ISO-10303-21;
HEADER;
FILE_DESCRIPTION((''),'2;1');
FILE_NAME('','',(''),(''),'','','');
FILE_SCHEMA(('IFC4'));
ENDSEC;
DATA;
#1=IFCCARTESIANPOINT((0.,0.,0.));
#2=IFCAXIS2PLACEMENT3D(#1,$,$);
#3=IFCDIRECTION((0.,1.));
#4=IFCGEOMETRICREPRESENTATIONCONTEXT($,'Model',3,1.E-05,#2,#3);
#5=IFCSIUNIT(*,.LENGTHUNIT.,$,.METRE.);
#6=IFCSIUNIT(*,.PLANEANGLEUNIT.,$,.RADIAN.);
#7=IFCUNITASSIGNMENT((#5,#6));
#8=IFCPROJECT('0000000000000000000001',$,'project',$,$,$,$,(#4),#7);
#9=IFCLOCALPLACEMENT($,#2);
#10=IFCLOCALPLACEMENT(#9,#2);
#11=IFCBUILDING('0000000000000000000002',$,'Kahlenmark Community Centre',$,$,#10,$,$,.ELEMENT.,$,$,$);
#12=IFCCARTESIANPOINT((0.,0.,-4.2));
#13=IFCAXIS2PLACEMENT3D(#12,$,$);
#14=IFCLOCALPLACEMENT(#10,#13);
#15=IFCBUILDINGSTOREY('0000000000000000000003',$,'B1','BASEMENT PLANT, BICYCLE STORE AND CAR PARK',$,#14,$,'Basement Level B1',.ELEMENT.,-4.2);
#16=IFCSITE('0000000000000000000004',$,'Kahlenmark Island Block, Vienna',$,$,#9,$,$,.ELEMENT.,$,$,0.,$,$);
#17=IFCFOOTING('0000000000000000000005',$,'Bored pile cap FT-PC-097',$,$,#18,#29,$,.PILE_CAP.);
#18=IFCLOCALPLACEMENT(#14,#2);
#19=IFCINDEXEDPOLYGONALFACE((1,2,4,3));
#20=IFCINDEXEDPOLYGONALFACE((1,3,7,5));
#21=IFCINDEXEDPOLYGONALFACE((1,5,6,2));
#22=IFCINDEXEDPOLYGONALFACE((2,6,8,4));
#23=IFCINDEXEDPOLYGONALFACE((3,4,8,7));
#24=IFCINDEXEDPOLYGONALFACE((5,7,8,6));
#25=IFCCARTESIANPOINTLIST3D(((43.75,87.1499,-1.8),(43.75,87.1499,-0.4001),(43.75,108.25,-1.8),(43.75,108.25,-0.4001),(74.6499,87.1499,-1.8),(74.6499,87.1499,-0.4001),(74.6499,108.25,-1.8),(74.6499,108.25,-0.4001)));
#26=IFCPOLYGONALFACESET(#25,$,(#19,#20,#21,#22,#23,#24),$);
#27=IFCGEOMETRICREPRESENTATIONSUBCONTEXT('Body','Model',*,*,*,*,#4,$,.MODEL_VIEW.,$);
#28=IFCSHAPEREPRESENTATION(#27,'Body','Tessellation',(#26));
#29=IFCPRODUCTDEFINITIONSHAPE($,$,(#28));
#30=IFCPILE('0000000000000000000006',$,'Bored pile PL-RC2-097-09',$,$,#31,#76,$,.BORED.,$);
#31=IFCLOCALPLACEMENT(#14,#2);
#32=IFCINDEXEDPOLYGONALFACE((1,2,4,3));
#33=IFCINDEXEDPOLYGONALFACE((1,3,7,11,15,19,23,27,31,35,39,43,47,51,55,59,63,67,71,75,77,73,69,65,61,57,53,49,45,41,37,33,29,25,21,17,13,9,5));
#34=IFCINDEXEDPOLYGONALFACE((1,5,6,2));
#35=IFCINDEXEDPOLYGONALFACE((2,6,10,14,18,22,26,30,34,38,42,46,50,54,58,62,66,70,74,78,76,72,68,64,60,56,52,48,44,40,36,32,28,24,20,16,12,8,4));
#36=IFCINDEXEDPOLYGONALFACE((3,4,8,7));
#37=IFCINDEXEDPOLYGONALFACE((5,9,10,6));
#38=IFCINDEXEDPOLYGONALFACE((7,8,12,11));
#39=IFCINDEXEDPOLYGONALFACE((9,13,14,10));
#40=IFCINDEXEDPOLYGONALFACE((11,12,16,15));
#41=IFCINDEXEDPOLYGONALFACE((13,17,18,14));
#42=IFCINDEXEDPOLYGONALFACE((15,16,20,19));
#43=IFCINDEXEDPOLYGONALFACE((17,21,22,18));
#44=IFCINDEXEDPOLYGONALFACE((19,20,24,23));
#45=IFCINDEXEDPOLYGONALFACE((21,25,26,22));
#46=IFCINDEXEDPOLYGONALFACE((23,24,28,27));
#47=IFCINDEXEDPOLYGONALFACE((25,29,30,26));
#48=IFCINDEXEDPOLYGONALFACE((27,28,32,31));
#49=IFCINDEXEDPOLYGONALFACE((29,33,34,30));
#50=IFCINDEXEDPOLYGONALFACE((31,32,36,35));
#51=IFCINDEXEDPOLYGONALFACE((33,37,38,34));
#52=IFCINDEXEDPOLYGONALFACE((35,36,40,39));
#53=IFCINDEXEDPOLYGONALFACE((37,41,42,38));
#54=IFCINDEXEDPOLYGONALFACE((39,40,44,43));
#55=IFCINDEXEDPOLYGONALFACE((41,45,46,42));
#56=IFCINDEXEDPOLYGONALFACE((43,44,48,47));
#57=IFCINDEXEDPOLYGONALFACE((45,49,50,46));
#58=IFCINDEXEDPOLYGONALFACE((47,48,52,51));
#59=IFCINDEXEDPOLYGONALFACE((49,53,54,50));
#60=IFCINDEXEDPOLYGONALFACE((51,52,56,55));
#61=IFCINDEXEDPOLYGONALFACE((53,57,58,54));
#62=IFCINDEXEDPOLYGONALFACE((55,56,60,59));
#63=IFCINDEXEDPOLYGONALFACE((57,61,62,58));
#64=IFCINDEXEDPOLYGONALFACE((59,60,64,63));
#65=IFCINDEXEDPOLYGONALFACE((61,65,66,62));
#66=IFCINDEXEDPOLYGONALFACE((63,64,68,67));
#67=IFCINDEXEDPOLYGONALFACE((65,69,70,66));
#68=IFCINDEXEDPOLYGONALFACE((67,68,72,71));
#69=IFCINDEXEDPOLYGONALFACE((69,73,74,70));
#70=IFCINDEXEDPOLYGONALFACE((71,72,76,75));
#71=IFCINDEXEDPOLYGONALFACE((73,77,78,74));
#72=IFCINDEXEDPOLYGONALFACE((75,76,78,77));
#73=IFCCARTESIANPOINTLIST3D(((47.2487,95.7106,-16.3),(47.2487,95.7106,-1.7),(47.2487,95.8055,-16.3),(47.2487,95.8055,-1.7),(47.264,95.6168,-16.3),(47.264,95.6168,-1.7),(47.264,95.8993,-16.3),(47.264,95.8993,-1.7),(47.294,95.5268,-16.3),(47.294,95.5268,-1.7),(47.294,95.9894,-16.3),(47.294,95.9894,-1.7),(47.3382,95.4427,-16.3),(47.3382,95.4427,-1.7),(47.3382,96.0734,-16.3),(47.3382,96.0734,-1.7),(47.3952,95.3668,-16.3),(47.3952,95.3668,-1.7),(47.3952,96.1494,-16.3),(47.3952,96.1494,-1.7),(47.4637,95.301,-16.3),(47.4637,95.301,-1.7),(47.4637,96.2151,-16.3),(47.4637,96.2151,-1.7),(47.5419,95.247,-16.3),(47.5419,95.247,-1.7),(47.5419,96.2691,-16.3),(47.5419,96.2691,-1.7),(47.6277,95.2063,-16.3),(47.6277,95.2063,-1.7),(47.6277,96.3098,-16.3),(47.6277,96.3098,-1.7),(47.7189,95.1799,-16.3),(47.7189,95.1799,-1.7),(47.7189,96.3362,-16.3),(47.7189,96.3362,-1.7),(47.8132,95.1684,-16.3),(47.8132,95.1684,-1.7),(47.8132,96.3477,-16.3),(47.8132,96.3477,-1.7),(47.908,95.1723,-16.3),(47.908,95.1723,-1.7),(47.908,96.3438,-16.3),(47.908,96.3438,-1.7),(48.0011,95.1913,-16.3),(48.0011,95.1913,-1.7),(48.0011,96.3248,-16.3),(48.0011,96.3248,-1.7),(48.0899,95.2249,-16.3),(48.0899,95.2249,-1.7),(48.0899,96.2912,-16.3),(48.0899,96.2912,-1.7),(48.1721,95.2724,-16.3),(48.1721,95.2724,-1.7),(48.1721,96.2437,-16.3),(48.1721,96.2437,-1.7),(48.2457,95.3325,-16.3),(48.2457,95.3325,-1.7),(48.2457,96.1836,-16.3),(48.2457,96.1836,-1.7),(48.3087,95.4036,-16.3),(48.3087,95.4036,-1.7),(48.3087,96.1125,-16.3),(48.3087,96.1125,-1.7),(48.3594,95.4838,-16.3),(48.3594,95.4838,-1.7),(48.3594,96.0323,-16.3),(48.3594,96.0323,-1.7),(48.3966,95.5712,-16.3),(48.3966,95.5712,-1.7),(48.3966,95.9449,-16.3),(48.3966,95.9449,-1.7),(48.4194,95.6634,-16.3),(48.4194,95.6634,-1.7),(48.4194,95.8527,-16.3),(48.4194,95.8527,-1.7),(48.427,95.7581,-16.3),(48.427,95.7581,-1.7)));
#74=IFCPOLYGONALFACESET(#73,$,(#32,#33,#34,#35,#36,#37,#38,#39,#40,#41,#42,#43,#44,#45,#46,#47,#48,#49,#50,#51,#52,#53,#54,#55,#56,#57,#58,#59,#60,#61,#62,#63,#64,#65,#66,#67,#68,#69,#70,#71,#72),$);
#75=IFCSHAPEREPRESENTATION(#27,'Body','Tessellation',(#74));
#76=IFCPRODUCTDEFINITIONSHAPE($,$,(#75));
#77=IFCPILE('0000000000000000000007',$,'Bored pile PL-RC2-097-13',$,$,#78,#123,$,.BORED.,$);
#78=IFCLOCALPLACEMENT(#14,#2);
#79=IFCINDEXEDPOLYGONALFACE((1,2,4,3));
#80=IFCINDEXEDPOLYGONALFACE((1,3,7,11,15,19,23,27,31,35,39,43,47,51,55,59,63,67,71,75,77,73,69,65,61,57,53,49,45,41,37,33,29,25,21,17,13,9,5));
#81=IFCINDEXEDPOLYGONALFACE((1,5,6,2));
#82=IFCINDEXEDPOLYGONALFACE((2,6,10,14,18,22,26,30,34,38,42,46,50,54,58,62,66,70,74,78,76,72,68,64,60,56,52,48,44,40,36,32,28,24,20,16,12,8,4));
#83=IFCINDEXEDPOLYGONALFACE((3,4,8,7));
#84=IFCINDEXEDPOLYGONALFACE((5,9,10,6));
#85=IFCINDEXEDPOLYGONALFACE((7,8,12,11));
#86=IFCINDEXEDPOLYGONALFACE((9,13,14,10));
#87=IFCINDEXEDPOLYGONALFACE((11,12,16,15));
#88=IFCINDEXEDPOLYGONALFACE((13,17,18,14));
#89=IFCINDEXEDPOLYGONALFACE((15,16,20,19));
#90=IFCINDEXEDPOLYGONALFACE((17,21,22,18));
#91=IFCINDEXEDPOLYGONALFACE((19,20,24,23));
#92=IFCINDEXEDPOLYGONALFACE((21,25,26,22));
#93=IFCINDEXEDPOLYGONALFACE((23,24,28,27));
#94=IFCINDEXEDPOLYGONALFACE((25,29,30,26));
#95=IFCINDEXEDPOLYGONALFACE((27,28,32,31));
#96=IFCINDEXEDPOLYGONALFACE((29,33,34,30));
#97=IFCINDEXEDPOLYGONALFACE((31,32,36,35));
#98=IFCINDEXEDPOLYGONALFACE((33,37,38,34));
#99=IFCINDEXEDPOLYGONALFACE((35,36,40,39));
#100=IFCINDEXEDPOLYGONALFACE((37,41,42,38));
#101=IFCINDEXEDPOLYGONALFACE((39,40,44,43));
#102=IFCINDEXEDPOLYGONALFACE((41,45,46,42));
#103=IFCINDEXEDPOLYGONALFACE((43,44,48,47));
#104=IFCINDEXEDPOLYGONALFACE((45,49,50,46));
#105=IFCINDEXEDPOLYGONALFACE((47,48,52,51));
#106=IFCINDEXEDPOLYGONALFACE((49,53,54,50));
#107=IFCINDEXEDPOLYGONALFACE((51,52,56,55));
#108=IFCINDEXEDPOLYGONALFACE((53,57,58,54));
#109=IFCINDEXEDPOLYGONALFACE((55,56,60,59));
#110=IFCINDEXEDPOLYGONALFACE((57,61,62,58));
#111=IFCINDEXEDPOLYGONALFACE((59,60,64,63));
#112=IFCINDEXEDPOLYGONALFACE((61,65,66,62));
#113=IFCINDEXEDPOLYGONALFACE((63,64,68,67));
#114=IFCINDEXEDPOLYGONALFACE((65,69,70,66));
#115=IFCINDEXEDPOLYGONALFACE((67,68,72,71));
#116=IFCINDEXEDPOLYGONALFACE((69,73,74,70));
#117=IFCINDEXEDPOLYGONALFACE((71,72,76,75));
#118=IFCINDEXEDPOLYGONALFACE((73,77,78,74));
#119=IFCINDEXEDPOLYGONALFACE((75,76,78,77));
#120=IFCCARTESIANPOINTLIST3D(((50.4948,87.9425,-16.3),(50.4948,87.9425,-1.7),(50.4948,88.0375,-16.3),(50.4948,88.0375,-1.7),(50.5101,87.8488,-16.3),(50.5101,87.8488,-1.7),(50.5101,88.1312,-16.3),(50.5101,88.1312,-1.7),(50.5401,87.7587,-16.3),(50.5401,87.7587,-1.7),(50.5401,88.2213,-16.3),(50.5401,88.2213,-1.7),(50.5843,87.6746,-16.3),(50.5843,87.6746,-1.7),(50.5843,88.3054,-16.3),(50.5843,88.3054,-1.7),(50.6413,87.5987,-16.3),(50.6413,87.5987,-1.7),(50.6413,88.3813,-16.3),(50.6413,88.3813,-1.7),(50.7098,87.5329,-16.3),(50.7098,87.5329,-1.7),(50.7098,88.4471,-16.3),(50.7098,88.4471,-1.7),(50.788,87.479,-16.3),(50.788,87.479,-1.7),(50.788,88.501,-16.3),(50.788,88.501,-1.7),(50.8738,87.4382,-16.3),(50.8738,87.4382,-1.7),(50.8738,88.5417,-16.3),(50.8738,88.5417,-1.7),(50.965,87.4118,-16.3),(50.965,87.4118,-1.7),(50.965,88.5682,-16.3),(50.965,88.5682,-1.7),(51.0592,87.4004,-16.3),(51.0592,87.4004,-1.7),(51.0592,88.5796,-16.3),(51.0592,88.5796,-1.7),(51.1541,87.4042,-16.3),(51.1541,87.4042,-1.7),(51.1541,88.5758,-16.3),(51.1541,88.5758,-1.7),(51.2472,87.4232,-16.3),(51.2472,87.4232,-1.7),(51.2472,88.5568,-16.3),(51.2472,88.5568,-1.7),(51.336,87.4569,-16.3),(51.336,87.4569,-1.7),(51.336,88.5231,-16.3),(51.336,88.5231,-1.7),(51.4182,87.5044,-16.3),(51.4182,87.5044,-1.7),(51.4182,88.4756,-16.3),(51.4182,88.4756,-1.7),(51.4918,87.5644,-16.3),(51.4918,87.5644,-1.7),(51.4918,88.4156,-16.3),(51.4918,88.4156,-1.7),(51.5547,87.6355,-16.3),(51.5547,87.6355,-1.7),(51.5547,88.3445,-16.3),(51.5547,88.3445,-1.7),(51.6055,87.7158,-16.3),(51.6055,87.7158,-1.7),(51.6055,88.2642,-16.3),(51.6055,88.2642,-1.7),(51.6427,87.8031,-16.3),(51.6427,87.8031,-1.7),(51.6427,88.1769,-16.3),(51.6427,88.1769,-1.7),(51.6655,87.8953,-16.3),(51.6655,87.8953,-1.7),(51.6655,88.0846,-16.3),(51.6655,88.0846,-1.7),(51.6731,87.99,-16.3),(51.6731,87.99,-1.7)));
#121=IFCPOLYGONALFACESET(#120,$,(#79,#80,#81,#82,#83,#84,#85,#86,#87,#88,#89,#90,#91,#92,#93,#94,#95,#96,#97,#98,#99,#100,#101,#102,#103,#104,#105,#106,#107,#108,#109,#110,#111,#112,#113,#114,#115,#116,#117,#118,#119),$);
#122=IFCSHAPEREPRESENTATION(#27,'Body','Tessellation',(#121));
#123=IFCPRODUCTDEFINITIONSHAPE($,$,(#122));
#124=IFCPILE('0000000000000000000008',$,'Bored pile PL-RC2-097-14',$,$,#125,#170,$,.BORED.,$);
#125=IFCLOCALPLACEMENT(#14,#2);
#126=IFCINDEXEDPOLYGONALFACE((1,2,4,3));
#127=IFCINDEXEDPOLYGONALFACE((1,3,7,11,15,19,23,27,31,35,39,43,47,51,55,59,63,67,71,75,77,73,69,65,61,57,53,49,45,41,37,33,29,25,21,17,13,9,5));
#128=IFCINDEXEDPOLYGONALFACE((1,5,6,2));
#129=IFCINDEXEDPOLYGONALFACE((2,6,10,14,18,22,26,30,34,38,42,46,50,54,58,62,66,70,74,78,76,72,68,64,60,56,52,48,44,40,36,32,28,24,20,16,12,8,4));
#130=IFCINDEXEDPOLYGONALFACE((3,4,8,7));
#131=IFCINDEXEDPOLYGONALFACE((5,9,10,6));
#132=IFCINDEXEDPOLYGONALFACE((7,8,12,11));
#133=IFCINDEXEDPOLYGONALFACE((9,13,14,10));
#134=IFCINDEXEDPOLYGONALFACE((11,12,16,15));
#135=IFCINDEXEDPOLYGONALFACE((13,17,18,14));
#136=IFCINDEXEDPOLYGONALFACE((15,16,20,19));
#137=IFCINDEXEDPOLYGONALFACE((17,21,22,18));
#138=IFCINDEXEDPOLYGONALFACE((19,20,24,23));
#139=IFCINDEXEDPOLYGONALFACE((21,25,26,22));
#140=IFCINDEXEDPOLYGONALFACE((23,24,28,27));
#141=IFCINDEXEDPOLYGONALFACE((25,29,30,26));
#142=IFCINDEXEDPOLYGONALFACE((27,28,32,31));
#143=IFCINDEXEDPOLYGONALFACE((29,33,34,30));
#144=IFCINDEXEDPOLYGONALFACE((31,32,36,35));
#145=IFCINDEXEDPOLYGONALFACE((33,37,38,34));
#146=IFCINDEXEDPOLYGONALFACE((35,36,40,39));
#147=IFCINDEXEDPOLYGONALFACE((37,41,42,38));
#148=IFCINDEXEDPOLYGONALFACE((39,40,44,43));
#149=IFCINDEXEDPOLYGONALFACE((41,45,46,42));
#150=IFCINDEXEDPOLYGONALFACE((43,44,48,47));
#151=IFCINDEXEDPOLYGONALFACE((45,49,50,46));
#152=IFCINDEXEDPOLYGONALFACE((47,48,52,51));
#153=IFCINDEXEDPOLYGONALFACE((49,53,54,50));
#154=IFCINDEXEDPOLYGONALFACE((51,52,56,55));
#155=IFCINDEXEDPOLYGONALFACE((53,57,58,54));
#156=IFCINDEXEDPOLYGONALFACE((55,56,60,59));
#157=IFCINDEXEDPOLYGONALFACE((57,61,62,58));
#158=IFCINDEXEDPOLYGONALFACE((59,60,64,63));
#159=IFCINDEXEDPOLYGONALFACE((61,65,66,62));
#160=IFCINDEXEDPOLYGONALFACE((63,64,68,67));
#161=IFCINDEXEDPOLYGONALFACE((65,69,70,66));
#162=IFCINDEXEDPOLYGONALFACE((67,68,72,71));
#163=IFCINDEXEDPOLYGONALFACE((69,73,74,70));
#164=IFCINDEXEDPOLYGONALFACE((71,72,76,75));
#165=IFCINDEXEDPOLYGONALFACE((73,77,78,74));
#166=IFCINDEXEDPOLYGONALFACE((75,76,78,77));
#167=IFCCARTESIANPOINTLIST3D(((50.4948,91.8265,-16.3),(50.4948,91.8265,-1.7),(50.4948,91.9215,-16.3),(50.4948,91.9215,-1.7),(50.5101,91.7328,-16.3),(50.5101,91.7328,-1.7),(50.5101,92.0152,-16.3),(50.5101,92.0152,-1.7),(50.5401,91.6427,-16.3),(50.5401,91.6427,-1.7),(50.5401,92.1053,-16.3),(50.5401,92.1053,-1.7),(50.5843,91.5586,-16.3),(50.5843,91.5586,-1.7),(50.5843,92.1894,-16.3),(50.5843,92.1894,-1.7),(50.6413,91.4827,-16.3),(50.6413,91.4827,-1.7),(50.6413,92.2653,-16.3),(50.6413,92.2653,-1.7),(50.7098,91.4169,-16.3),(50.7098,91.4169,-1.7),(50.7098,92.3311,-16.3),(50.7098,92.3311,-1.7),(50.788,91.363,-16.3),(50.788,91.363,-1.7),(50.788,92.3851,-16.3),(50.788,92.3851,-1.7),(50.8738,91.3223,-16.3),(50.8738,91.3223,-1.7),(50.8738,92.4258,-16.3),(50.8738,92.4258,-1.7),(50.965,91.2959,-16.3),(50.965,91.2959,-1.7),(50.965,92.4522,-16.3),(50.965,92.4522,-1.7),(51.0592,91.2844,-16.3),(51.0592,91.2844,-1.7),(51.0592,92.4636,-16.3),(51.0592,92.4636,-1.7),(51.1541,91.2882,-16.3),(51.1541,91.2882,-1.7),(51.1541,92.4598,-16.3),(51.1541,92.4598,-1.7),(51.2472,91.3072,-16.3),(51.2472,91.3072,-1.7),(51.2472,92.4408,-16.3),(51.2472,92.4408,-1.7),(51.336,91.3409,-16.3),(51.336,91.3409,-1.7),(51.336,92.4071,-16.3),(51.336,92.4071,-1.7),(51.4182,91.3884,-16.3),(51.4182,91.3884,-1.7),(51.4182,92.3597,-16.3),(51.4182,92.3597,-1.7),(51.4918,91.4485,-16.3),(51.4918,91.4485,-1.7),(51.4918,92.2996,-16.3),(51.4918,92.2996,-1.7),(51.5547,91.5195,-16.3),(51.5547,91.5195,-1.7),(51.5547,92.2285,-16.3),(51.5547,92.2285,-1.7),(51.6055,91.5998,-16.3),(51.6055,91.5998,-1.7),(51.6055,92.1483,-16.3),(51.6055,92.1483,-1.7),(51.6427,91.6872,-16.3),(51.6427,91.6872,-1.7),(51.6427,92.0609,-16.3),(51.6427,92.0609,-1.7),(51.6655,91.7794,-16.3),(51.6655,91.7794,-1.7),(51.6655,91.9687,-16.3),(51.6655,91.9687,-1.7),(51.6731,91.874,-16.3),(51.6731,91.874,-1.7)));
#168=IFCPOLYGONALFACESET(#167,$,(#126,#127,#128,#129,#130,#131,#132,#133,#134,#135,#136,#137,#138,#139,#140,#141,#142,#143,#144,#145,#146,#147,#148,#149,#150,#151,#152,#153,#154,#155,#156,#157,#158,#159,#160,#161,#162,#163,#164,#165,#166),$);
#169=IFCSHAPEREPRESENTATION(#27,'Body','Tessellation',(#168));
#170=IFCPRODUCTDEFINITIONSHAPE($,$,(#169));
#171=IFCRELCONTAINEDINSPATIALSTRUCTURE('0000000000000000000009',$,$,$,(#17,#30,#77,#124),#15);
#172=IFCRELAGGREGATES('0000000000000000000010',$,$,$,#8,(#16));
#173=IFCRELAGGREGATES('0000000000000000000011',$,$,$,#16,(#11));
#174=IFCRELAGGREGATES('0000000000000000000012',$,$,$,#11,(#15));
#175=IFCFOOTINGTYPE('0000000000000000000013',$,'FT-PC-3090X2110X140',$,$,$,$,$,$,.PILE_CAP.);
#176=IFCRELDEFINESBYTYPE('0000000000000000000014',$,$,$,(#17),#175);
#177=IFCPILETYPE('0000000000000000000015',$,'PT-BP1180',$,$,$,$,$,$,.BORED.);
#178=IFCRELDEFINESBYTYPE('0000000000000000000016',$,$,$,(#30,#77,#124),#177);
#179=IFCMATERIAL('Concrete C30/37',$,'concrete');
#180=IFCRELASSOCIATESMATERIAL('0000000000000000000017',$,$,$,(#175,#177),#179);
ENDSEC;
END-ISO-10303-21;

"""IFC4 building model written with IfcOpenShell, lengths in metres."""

from ifc_helpers import new_model, si_unit, direction, frame, origin, origin_2d, place, context, subcontext, project, spatial, rectangle, circle, extrude, material, material_profile, profile_set, type_object, element, save


model = new_model("IFC4")

# Units and contexts
model_context = context("Model", 3, precision=1e-05, world=origin(), true_north=direction((0.0, 1.0)))
body_context = subcontext(model_context, "Body", "Model", "MODEL_VIEW")
ifc_project = project(units=[si_unit("LENGTHUNIT", "METRE"), si_unit("PLANEANGLEUNIT", "RADIAN")], contexts=[model_context])

# Site, building, storey
site_placement = place(None, origin())
site = spatial("IfcSite", under=ifc_project, at=site_placement, Name="Kahlenmark Island Block, Vienna", CompositionType="ELEMENT", RefElevation=0.0)
building_placement = place(site_placement, origin())
building = spatial("IfcBuilding", under=site, at=building_placement, Name="Kahlenmark Community Centre", CompositionType="ELEMENT")
storey_placement = place(building_placement, frame((0.0, 0.0, -4.2)))
storey = spatial("IfcBuildingStorey", under=building, at=storey_placement, Name="B1", Description="BASEMENT PLANT, BICYCLE STORE AND CAR PARK", LongName="Basement Level B1", CompositionType="ELEMENT", Elevation=-4.2)

# Footing
ifc_material_1 = material(Name="Concrete C30/37", Category="concrete")
footing_type = type_object("IfcFootingType", Name="FT-PC-3090X2110X140", PredefinedType="PILE_CAP", material=ifc_material_1)
footing_placement = place(storey_placement, frame((59.2, 97.7, -1.8), z_axis=(0.0, 0.0, 1.0), x_axis=(1.0, 0.0, 0.0)))
element("IfcFooting", 1, at=footing_placement, inside=storey, type_object=footing_type, Name="Bored pile cap FT-PC-097", PredefinedType="PILE_CAP", context=body_context, shape_type="SweptSolid", body=[
    extrude(rectangle(XDim=30.8999, YDim=21.1001, at=origin_2d()), origin(), (0.0, 0.0, 1.0), 1.3999),
])

# Piles
ifc_material_profile_1 = material_profile(ifc_material_1, circle(Radius=0.5901, at=origin_2d()), Name="BORED PILE 1180")
ifc_profile_set_1 = profile_set([ifc_material_profile_1], Name="Concrete C30/37")
pile_type = type_object("IfcPileType", Name="PT-BP1180", PredefinedType="BORED", material=ifc_profile_set_1)
for number, where, z_axis, x_axis, name in (
    (2, (47.8369, 95.7581, -1.7), (0.0, 0.0, -1.0), (1.0, 0.0, 0.0), "Bored pile PL-RC2-097-09"),
    (3, (51.083, 87.99, -1.7), (0.0, 0.0, -1.0), (1.0, 0.0, 0.0), "Bored pile PL-RC2-097-13"),
    (4, (51.083, 91.874, -1.7), (0.0, 0.0, -1.0), (1.0, 0.0, 0.0), "Bored pile PL-RC2-097-14"),
):
    element("IfcPile", number, at=place(storey_placement, frame(where, z_axis=z_axis, x_axis=x_axis)), inside=storey, type_object=pile_type, Name=name, PredefinedType="BORED", context=body_context, shape_type="SweptSolid", body=[
        extrude(circle(Radius=0.5901, at=origin_2d()), origin(), (0.0, 0.0, 1.0), 14.6001),
    ])

save(model, "model.ifc")
